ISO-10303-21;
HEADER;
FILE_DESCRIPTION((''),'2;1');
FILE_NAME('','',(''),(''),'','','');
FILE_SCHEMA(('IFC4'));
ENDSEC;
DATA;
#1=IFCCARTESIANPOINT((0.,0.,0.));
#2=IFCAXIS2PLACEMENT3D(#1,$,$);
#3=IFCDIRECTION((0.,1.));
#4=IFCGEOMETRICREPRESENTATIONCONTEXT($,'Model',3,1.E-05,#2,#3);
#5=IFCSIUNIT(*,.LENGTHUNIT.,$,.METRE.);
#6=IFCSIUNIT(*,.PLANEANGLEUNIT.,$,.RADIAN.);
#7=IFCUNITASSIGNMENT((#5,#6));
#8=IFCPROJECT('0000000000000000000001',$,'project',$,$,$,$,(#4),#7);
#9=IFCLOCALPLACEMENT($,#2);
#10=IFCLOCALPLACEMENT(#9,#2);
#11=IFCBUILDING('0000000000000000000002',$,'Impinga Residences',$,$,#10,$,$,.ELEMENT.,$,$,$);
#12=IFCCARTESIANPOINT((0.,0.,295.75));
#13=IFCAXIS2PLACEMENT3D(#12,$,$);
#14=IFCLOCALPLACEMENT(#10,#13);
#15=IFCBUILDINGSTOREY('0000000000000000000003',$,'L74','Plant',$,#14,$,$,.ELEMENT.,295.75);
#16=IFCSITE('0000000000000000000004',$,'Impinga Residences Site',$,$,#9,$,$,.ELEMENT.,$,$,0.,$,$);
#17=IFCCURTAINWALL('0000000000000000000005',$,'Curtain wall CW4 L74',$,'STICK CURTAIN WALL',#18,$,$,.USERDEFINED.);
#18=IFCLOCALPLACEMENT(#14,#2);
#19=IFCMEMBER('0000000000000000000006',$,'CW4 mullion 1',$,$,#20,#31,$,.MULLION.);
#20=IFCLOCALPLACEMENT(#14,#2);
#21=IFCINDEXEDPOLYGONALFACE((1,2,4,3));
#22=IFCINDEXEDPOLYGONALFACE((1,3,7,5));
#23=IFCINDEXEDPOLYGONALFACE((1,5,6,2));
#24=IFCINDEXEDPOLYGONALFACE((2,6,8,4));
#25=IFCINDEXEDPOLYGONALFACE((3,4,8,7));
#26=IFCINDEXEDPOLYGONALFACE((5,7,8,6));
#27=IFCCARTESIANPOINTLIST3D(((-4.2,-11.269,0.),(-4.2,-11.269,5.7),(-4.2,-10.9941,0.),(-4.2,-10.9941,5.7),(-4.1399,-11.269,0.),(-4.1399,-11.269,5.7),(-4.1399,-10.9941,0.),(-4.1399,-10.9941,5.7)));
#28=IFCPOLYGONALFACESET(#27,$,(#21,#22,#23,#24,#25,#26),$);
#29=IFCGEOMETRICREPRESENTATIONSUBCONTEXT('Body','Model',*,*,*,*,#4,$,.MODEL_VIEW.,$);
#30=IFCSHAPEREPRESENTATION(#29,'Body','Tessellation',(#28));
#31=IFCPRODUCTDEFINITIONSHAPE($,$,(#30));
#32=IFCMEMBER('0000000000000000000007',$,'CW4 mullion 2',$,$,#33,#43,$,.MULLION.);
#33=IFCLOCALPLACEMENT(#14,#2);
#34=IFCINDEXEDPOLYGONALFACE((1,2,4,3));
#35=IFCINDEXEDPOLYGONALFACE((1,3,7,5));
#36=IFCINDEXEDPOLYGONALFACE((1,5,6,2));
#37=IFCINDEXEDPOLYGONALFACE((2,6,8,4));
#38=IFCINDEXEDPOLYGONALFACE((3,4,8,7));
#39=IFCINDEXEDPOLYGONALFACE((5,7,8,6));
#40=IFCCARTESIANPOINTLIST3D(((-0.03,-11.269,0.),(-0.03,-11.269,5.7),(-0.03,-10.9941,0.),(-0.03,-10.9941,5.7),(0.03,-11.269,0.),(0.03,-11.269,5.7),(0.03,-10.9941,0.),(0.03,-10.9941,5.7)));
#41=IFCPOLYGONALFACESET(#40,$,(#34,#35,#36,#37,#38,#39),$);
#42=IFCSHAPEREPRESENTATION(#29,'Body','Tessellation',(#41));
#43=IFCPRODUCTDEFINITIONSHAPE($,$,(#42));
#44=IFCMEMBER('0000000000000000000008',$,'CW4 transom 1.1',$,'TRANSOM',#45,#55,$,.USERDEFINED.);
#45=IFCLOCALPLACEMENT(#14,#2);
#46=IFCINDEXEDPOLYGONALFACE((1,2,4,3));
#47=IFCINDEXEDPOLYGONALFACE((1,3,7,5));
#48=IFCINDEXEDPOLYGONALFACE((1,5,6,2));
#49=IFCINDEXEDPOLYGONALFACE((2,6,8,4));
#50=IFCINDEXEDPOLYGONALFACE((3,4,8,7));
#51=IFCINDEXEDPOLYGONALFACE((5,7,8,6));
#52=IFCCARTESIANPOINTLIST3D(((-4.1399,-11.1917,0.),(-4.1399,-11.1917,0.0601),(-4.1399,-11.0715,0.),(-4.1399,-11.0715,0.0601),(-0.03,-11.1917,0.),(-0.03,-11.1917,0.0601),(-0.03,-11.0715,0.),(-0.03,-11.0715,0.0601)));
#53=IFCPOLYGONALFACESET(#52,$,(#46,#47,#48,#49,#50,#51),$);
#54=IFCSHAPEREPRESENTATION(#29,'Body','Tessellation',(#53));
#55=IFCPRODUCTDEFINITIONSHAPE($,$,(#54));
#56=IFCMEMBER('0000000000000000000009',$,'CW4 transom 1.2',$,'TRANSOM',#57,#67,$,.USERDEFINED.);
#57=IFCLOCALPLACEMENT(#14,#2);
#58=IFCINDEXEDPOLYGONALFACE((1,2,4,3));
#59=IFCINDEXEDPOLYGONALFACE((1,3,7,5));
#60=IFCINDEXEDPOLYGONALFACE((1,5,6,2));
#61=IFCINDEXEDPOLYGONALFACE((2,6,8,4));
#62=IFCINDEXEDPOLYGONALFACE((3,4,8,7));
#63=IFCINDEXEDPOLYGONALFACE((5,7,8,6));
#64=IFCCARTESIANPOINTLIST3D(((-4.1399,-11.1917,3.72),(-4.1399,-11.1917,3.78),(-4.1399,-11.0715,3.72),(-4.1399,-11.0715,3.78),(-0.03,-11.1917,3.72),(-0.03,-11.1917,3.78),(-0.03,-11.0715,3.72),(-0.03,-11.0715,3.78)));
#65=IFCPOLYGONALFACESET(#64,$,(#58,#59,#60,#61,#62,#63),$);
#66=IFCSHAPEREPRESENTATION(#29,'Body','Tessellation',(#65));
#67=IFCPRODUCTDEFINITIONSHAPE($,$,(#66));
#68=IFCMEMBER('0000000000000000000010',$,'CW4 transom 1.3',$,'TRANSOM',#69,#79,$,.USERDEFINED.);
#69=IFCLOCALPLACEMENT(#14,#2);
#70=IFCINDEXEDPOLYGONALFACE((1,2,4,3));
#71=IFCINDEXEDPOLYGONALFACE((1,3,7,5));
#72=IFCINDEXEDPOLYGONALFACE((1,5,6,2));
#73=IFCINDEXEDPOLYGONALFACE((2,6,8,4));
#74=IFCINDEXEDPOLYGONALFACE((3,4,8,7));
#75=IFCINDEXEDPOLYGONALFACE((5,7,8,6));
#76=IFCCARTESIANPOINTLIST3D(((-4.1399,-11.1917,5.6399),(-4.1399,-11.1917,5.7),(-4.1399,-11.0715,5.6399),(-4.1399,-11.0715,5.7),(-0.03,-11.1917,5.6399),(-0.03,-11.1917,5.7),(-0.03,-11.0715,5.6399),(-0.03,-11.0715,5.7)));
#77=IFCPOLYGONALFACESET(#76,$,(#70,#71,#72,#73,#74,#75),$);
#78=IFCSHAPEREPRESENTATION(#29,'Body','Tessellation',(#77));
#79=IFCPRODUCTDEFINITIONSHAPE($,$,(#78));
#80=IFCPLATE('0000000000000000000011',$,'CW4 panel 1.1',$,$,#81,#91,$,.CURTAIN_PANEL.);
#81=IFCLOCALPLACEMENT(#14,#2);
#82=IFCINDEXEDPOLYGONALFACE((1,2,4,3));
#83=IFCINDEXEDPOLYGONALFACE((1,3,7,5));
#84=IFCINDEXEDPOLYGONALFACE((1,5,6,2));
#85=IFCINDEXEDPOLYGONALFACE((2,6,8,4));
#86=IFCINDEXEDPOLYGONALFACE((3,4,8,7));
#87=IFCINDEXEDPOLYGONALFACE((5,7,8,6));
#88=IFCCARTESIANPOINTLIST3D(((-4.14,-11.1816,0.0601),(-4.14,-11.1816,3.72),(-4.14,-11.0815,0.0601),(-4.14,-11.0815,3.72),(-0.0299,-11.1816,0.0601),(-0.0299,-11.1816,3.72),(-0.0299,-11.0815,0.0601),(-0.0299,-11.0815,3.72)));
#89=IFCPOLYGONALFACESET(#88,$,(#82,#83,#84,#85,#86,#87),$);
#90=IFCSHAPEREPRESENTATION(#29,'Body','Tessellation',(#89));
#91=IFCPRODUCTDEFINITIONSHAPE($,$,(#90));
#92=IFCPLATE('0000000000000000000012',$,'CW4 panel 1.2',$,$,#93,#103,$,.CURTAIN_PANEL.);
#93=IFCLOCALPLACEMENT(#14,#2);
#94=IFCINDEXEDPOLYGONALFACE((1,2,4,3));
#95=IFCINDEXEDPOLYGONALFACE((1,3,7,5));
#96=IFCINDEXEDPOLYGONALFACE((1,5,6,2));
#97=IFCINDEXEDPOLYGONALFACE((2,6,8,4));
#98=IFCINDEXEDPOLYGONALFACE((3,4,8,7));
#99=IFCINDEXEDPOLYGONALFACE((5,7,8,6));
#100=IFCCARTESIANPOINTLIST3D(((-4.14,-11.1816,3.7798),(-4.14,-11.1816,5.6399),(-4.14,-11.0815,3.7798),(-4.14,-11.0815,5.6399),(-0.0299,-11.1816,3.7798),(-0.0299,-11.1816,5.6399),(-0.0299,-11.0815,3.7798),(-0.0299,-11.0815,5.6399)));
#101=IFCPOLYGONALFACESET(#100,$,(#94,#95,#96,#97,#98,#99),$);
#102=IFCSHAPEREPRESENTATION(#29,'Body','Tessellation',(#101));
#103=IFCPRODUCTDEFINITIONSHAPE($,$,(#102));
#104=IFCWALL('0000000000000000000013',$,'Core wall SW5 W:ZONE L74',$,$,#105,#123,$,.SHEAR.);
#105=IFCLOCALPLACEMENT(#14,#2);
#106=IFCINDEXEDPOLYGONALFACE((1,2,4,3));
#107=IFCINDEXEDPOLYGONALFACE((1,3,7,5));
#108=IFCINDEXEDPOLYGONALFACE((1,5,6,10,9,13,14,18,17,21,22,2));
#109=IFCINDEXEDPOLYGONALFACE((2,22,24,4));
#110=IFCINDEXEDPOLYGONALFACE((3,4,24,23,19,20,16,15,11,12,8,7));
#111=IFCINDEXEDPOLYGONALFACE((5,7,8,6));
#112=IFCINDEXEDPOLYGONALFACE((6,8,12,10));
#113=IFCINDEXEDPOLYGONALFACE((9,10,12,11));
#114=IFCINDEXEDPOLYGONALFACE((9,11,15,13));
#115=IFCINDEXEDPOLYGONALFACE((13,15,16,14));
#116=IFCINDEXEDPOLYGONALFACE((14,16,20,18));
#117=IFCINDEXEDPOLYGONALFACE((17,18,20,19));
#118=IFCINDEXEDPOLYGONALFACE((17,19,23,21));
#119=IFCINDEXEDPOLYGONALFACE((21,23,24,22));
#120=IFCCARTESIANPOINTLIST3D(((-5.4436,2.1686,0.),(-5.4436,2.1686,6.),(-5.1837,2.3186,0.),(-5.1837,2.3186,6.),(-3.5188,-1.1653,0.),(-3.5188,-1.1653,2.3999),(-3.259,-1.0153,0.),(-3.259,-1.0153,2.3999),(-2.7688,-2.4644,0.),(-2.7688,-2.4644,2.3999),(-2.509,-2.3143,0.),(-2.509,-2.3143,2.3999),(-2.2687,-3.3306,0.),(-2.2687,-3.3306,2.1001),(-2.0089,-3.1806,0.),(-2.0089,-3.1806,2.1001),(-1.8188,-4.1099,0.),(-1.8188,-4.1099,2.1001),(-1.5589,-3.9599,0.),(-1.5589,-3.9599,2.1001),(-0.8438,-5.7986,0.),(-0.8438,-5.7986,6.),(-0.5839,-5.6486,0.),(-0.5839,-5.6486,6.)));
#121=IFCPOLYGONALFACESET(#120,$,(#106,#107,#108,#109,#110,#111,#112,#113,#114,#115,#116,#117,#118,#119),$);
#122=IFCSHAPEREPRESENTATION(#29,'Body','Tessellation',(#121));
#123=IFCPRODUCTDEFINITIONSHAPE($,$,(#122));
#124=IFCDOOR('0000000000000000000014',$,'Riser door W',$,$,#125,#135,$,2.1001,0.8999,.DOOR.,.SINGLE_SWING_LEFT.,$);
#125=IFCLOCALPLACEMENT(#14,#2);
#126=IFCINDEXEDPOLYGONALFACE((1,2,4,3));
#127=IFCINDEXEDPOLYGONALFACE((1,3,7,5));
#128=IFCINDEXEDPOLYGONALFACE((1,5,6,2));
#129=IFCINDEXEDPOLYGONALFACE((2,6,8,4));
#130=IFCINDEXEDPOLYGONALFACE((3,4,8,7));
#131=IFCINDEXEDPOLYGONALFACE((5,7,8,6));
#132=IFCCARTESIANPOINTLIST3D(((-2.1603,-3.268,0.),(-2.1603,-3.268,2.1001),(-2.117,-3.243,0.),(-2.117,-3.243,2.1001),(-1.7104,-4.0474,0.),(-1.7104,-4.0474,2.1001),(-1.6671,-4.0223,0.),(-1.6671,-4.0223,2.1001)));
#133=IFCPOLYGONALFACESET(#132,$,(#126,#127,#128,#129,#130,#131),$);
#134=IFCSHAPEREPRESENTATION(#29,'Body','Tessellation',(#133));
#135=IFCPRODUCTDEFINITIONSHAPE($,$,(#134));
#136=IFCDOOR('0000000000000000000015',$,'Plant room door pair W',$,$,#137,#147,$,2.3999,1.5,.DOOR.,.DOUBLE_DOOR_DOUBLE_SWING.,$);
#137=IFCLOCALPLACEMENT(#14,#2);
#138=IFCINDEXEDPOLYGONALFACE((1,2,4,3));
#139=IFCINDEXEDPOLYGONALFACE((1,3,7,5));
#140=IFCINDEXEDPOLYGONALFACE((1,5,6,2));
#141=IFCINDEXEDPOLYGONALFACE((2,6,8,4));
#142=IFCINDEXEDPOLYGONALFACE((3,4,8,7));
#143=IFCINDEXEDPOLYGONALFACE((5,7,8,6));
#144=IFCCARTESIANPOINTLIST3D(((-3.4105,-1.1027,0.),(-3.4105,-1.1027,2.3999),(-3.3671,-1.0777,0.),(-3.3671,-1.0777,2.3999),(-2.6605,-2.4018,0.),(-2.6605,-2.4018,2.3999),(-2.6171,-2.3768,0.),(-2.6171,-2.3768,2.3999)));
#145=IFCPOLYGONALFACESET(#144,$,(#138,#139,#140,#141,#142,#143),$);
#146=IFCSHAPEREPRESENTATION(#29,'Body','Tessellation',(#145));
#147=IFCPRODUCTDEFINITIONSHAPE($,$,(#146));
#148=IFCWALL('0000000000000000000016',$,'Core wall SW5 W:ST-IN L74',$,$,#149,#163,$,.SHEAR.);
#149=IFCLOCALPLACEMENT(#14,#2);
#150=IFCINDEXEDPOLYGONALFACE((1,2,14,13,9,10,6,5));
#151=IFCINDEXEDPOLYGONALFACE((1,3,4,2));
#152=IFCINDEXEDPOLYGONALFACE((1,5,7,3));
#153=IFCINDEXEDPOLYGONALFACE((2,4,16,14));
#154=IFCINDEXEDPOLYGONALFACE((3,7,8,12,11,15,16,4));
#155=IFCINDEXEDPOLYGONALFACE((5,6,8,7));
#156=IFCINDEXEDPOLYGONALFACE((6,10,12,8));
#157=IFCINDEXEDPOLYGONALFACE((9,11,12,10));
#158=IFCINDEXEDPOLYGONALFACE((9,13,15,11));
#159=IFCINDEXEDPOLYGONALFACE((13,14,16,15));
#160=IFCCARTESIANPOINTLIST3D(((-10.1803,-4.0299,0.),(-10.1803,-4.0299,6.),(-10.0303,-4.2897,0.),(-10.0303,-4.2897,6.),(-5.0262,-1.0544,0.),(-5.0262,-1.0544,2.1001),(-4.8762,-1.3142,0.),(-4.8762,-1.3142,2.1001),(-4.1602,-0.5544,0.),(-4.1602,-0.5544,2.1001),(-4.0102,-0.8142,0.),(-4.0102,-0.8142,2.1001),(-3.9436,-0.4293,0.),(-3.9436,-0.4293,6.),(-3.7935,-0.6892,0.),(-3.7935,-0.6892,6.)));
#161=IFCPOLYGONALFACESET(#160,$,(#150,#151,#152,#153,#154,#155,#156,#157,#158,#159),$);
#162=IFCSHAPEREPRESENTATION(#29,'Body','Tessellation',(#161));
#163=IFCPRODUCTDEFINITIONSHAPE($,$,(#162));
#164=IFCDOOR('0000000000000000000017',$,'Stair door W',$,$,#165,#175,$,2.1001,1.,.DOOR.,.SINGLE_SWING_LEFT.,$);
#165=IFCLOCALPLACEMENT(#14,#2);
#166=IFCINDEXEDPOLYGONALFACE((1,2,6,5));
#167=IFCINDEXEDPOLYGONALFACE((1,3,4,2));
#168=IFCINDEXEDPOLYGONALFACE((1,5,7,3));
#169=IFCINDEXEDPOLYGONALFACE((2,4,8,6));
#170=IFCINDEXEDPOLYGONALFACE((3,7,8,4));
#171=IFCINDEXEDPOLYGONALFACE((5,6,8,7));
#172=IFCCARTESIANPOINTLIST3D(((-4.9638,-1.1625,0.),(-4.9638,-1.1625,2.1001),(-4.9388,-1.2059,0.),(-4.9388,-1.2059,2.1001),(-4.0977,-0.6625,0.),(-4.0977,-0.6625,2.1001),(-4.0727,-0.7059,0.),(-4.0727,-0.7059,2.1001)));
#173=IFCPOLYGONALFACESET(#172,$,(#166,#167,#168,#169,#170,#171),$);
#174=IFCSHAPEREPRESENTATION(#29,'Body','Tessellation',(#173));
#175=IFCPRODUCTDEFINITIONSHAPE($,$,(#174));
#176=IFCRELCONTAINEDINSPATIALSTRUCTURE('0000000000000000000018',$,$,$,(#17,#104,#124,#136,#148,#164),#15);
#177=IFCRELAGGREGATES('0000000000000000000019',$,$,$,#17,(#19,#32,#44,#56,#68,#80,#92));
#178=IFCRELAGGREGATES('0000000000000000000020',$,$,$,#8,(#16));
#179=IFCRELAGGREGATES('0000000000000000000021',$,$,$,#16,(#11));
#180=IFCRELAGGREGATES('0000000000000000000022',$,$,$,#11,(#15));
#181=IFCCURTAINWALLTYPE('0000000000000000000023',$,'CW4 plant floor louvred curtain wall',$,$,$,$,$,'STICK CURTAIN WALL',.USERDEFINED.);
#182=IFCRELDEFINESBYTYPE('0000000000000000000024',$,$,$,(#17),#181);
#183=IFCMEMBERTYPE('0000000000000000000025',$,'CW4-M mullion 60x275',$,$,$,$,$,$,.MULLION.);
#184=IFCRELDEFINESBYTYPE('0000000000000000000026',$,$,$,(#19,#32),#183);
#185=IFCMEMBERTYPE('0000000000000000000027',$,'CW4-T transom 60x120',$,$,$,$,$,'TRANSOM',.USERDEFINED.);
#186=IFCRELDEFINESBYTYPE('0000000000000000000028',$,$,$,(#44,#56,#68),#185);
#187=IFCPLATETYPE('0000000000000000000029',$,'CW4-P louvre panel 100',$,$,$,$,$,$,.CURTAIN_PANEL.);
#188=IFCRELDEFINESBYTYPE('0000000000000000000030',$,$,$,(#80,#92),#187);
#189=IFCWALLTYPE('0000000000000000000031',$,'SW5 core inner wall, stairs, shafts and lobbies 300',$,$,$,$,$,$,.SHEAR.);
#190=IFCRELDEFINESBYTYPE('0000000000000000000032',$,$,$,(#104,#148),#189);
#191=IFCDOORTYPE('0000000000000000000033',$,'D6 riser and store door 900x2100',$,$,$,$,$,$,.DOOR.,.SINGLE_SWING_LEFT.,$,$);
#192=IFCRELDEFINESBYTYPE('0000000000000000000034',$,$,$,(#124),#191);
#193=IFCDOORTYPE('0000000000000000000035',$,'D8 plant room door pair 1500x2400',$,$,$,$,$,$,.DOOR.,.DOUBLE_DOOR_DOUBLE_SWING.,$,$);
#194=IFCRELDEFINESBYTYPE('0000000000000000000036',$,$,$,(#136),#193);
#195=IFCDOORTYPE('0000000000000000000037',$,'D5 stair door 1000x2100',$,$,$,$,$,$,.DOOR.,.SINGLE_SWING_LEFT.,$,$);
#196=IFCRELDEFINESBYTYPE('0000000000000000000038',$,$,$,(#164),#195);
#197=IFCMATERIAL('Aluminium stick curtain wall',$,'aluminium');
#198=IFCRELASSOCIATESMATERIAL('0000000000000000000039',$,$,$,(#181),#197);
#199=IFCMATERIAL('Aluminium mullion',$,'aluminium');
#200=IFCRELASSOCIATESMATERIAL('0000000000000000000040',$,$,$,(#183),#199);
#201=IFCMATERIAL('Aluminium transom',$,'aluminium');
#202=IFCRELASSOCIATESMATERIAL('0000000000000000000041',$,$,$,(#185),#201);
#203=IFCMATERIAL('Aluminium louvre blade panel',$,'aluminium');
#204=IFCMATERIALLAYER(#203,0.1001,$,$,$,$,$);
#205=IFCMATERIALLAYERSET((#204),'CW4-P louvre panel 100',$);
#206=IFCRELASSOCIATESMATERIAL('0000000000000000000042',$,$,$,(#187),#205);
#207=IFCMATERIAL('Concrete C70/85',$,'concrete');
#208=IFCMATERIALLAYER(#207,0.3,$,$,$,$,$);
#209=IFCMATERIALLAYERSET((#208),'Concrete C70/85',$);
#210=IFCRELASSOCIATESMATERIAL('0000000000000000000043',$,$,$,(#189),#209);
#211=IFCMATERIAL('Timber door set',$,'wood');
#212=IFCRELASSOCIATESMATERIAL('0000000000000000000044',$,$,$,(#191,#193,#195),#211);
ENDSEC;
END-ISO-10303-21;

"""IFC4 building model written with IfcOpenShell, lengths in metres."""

from ifc_helpers import new_model, si_unit, direction, frame, frame_2d, origin, origin_2d, place, context, subcontext, project, spatial, rectangle, extrude, material, layer, layer_set, material_profile, profile_set, type_object, element, fill, aggregate, save


model = new_model("IFC4")

# Units and contexts
model_context = context("Model", 3, precision=1e-05, world=origin(), true_north=direction((0.0, 1.0)))
body_context = subcontext(model_context, "Body", "Model", "MODEL_VIEW")
ifc_project = project(units=[si_unit("LENGTHUNIT", "METRE"), si_unit("PLANEANGLEUNIT", "RADIAN")], contexts=[model_context])

# Site, building, storey
site_placement = place(None, origin())
site = spatial("IfcSite", under=ifc_project, at=site_placement, Name="Impinga Residences Site", CompositionType="ELEMENT", RefElevation=0.0)
building_placement = place(site_placement, origin())
building = spatial("IfcBuilding", under=site, at=building_placement, Name="Impinga Residences", CompositionType="ELEMENT")
storey_placement = place(building_placement, frame((0.0, 0.0, 295.75)))
storey = spatial("IfcBuildingStorey", under=building, at=storey_placement, Name="L74", Description="Plant", CompositionType="ELEMENT", Elevation=295.75)

# Curtain wall, members, plates
ifc_material_1 = material(Name="Aluminium stick curtain wall", Category="aluminium")
curtain_wall_type = type_object("IfcCurtainWallType", Name="CW4 plant floor louvred curtain wall", ElementType="STICK CURTAIN WALL", PredefinedType="USERDEFINED", material=ifc_material_1)
curtain_wall_placement = place(storey_placement, origin())
curtain_wall = element("IfcCurtainWall", 1, at=curtain_wall_placement, inside=storey, type_object=curtain_wall_type, Name="Curtain wall CW4 L74", ObjectType="STICK CURTAIN WALL", PredefinedType="USERDEFINED")
ifc_material_2 = material(Name="Aluminium mullion", Category="aluminium")
ifc_material_profile_1 = material_profile(ifc_material_2, rectangle(XDim=0.0601, YDim=0.2749, at=origin_2d()), Name="60x275 mullion")
ifc_profile_set_1 = profile_set([ifc_material_profile_1], Name="Aluminium mullion")
member_type_1 = type_object("IfcMemberType", Name="CW4-M mullion 60x275", PredefinedType="MULLION", material=ifc_profile_set_1)
member_1_placement = place(storey_placement, frame((-4.1699, -11.1316, 0.0), z_axis=(0.0, 0.0, 1.0), x_axis=(1.0, 0.0, 0.0)))
member_1 = element("IfcMember", 2, at=member_1_placement, type_object=member_type_1, Name="CW4 mullion 1", PredefinedType="MULLION", context=body_context, shape_type="SweptSolid", body=[
    extrude(rectangle(XDim=0.0601, YDim=0.2749, at=origin_2d()), origin(), (0.0, 0.0, 1.0), 5.7),
])
member_2_placement = place(storey_placement, frame((0.0, -11.1316, 0.0), z_axis=(0.0, 0.0, 1.0), x_axis=(1.0, 0.0, 0.0)))
member_2 = element("IfcMember", 3, at=member_2_placement, type_object=member_type_1, Name="CW4 mullion 2", PredefinedType="MULLION", context=body_context, shape_type="SweptSolid", body=[
    extrude(rectangle(XDim=0.0601, YDim=0.2749, at=origin_2d()), origin(), (0.0, 0.0, 1.0), 5.7),
])
ifc_material_3 = material(Name="Aluminium transom", Category="aluminium")
ifc_material_profile_2 = material_profile(ifc_material_3, rectangle(XDim=0.0601, YDim=0.1201, at=origin_2d()), Name="60x120 transom")
ifc_profile_set_2 = profile_set([ifc_material_profile_2], Name="Aluminium transom")
member_type_2 = type_object("IfcMemberType", Name="CW4-T transom 60x120", ElementType="TRANSOM", PredefinedType="USERDEFINED", material=ifc_profile_set_2)
member_3_placement = place(storey_placement, frame((-4.1399, -11.1316, 0.03), z_axis=(1.0, 0.0, 0.0), x_axis=(0.0, 0.0, 1.0)))
member_3 = element("IfcMember", 4, at=member_3_placement, type_object=member_type_2, Name="CW4 transom 1.1", ObjectType="TRANSOM", PredefinedType="USERDEFINED", context=body_context, shape_type="SweptSolid", body=[
    extrude(rectangle(XDim=0.0601, YDim=0.1201, at=origin_2d()), origin(), (0.0, 0.0, 1.0), 4.1099),
])
member_4_placement = place(storey_placement, frame((-4.1399, -11.1316, 3.75), z_axis=(1.0, 0.0, 0.0), x_axis=(0.0, 0.0, 1.0)))
member_4 = element("IfcMember", 5, at=member_4_placement, type_object=member_type_2, Name="CW4 transom 1.2", ObjectType="TRANSOM", PredefinedType="USERDEFINED", context=body_context, shape_type="SweptSolid", body=[
    extrude(rectangle(XDim=0.0601, YDim=0.1201, at=origin_2d()), origin(), (0.0, 0.0, 1.0), 4.1099),
])
member_5_placement = place(storey_placement, frame((-4.1399, -11.1316, 5.6699), z_axis=(1.0, 0.0, 0.0), x_axis=(0.0, 0.0, 1.0)))
member_5 = element("IfcMember", 6, at=member_5_placement, type_object=member_type_2, Name="CW4 transom 1.3", ObjectType="TRANSOM", PredefinedType="USERDEFINED", context=body_context, shape_type="SweptSolid", body=[
    extrude(rectangle(XDim=0.0601, YDim=0.1201, at=origin_2d()), origin(), (0.0, 0.0, 1.0), 4.1099),
])
ifc_material_4 = material(Name="Aluminium louvre blade panel", Category="aluminium")
ifc_layer_1 = layer(ifc_material_4, 0.1001)
ifc_layer_set_1 = layer_set([ifc_layer_1], Name="CW4-P louvre panel 100")
plate_type = type_object("IfcPlateType", Name="CW4-P louvre panel 100", PredefinedType="CURTAIN_PANEL", material=ifc_layer_set_1)
plate_1_placement = place(storey_placement, frame((-2.085, -11.1316, 0.0601), z_axis=(0.0, 0.0, 1.0), x_axis=(1.0, 0.0, 0.0)))
plate_1 = element("IfcPlate", 7, at=plate_1_placement, type_object=plate_type, Name="CW4 panel 1.1", PredefinedType="CURTAIN_PANEL", context=body_context, shape_type="SweptSolid", body=[
    extrude(rectangle(XDim=4.1101, YDim=0.1001, at=origin_2d()), origin(), (0.0, 0.0, 1.0), 3.6599),
])
plate_2_placement = place(storey_placement, frame((-2.085, -11.1316, 3.7798), z_axis=(0.0, 0.0, 1.0), x_axis=(1.0, 0.0, 0.0)))
plate_2 = element("IfcPlate", 8, at=plate_2_placement, type_object=plate_type, Name="CW4 panel 1.2", PredefinedType="CURTAIN_PANEL", context=body_context, shape_type="SweptSolid", body=[
    extrude(rectangle(XDim=4.1101, YDim=0.1001, at=origin_2d()), origin(), (0.0, 0.0, 1.0), 1.8601),
])
aggregate(curtain_wall, [member_1, member_2, member_3, member_4, member_5, plate_1, plate_2])

# Wall, openings, doors
ifc_material_5 = material(Name="Concrete C70/85", Category="concrete")
ifc_layer_2 = layer(ifc_material_5, 0.3)
ifc_layer_set_2 = layer_set([ifc_layer_2], Name="Concrete C70/85")
wall_type = type_object("IfcWallType", Name="SW5 core inner wall, stairs, shafts and lobbies 300", PredefinedType="SHEAR", material=ifc_layer_set_2)
wall_1_placement = place(storey_placement, frame((-0.7139, -5.7236, 0.0), z_axis=(0.0, 0.0, 1.0), x_axis=(-0.499995, 0.866028, 0.0)))
wall_1 = element("IfcWall", 9, at=wall_1_placement, inside=storey, type_object=wall_type, Name="Core wall SW5 W:ZONE L74", PredefinedType="SHEAR", context=body_context, shape_type="SweptSolid", body=[
    extrude(rectangle(XDim=9.1997, YDim=0.3, at=frame_2d((4.5999, 0.0))), origin(), (0.0, 0.0, 1.0), 6.0),
])
opening_1_placement = place(wall_1_placement, frame((3.8501, 0.0, 0.0)))
opening_1 = element("IfcOpeningElement", 10, at=opening_1_placement, cuts=wall_1, PredefinedType="OPENING", context=body_context, shape_type="SweptSolid", body=[
    extrude(rectangle(XDim=1.5, YDim=2.3999, at=frame_2d((0.75, 1.2))), frame((0.0, 0.1599, 0.0), z_axis=(0.0, -1.0, 0.0), x_axis=(1.0, 0.0, 0.0)), (0.0, 0.0, 1.0), 0.3201),
])
opening_2_placement = place(wall_1_placement, frame((1.95, 0.0, 0.0)))
opening_2 = element("IfcOpeningElement", 11, at=opening_2_placement, cuts=wall_1, PredefinedType="OPENING", context=body_context, shape_type="SweptSolid", body=[
    extrude(rectangle(XDim=0.8999, YDim=2.1001, at=frame_2d((0.45, 1.05))), frame((0.0, 0.1599, 0.0), z_axis=(0.0, -1.0, 0.0), x_axis=(1.0, 0.0, 0.0)), (0.0, 0.0, 1.0), 0.3201),
])
ifc_material_6 = material(Name="Timber door set", Category="wood")
door_type_1 = type_object("IfcDoorType", Name="D6 riser and store door 900x2100", OperationType="SINGLE_SWING_LEFT", PredefinedType="DOOR", material=ifc_material_6)
door_1_placement = place(opening_2_placement, origin())
door_1 = element("IfcDoor", 12, at=door_1_placement, inside=storey, type_object=door_type_1, Name="Riser door W", OperationType="SINGLE_SWING_LEFT", OverallHeight=2.1001, OverallWidth=0.8999, PredefinedType="DOOR", context=body_context, shape_type="SweptSolid", body=[
    extrude(rectangle(XDim=0.8999, YDim=2.1001, at=frame_2d((0.45, 1.05))), frame((0.0, 0.0249, 0.0), z_axis=(0.0, -1.0, 0.0), x_axis=(1.0, 0.0, 0.0)), (0.0, 0.0, 1.0), 0.05),
])
fill(opening_2, door_1)
door_type_2 = type_object("IfcDoorType", Name="D8 plant room door pair 1500x2400", OperationType="DOUBLE_DOOR_DOUBLE_SWING", PredefinedType="DOOR", material=ifc_material_6)
door_2_placement = place(opening_1_placement, origin())
door_2 = element("IfcDoor", 13, at=door_2_placement, inside=storey, type_object=door_type_2, Name="Plant room door pair W", OperationType="DOUBLE_DOOR_DOUBLE_SWING", OverallHeight=2.3999, OverallWidth=1.5, PredefinedType="DOOR", context=body_context, shape_type="SweptSolid", body=[
    extrude(rectangle(XDim=1.5, YDim=2.3999, at=frame_2d((0.75, 1.2))), frame((0.0, 0.0249, 0.0), z_axis=(0.0, -1.0, 0.0), x_axis=(1.0, 0.0, 0.0)), (0.0, 0.0, 1.0), 0.05),
])
fill(opening_1, door_2)

# Wall, opening, door
wall_2_placement = place(storey_placement, frame((-3.8687, -0.5593, 0.0), z_axis=(0.0, 0.0, 1.0), x_axis=(-0.86604, -0.499975, 0.0)))
wall_2 = element("IfcWall", 14, at=wall_2_placement, inside=storey, type_object=wall_type, Name="Core wall SW5 W:ST-IN L74", PredefinedType="SHEAR", context=body_context, shape_type="SweptSolid", body=[
    extrude(rectangle(XDim=7.2014, YDim=0.3, at=frame_2d((3.6006, 0.0))), origin(), (0.0, 0.0, 1.0), 6.0),
])
opening_3_placement = place(wall_2_placement, frame((0.25, 0.0, 0.0)))
opening_3 = element("IfcOpeningElement", 15, at=opening_3_placement, cuts=wall_2, PredefinedType="OPENING", context=body_context, shape_type="SweptSolid", body=[
    extrude(rectangle(XDim=1.0, YDim=2.1001, at=frame_2d((0.5, 1.05))), frame((0.0, 0.1599, 0.0), z_axis=(0.0, -1.0, 0.0), x_axis=(1.0, 0.0, 0.0)), (0.0, 0.0, 1.0), 0.3201),
])
door_type_3 = type_object("IfcDoorType", Name="D5 stair door 1000x2100", OperationType="SINGLE_SWING_LEFT", PredefinedType="DOOR", material=ifc_material_6)
door_3_placement = place(opening_3_placement, origin())
door_3 = element("IfcDoor", 16, at=door_3_placement, inside=storey, type_object=door_type_3, Name="Stair door W", OperationType="SINGLE_SWING_LEFT", OverallHeight=2.1001, OverallWidth=1.0, PredefinedType="DOOR", context=body_context, shape_type="SweptSolid", body=[
    extrude(rectangle(XDim=1.0, YDim=2.1001, at=frame_2d((0.5, 1.05))), frame((0.0, 0.0249, 0.0), z_axis=(0.0, -1.0, 0.0), x_axis=(1.0, 0.0, 0.0)), (0.0, 0.0, 1.0), 0.05),
])
fill(opening_3, door_3)

save(model, "model.ifc")
